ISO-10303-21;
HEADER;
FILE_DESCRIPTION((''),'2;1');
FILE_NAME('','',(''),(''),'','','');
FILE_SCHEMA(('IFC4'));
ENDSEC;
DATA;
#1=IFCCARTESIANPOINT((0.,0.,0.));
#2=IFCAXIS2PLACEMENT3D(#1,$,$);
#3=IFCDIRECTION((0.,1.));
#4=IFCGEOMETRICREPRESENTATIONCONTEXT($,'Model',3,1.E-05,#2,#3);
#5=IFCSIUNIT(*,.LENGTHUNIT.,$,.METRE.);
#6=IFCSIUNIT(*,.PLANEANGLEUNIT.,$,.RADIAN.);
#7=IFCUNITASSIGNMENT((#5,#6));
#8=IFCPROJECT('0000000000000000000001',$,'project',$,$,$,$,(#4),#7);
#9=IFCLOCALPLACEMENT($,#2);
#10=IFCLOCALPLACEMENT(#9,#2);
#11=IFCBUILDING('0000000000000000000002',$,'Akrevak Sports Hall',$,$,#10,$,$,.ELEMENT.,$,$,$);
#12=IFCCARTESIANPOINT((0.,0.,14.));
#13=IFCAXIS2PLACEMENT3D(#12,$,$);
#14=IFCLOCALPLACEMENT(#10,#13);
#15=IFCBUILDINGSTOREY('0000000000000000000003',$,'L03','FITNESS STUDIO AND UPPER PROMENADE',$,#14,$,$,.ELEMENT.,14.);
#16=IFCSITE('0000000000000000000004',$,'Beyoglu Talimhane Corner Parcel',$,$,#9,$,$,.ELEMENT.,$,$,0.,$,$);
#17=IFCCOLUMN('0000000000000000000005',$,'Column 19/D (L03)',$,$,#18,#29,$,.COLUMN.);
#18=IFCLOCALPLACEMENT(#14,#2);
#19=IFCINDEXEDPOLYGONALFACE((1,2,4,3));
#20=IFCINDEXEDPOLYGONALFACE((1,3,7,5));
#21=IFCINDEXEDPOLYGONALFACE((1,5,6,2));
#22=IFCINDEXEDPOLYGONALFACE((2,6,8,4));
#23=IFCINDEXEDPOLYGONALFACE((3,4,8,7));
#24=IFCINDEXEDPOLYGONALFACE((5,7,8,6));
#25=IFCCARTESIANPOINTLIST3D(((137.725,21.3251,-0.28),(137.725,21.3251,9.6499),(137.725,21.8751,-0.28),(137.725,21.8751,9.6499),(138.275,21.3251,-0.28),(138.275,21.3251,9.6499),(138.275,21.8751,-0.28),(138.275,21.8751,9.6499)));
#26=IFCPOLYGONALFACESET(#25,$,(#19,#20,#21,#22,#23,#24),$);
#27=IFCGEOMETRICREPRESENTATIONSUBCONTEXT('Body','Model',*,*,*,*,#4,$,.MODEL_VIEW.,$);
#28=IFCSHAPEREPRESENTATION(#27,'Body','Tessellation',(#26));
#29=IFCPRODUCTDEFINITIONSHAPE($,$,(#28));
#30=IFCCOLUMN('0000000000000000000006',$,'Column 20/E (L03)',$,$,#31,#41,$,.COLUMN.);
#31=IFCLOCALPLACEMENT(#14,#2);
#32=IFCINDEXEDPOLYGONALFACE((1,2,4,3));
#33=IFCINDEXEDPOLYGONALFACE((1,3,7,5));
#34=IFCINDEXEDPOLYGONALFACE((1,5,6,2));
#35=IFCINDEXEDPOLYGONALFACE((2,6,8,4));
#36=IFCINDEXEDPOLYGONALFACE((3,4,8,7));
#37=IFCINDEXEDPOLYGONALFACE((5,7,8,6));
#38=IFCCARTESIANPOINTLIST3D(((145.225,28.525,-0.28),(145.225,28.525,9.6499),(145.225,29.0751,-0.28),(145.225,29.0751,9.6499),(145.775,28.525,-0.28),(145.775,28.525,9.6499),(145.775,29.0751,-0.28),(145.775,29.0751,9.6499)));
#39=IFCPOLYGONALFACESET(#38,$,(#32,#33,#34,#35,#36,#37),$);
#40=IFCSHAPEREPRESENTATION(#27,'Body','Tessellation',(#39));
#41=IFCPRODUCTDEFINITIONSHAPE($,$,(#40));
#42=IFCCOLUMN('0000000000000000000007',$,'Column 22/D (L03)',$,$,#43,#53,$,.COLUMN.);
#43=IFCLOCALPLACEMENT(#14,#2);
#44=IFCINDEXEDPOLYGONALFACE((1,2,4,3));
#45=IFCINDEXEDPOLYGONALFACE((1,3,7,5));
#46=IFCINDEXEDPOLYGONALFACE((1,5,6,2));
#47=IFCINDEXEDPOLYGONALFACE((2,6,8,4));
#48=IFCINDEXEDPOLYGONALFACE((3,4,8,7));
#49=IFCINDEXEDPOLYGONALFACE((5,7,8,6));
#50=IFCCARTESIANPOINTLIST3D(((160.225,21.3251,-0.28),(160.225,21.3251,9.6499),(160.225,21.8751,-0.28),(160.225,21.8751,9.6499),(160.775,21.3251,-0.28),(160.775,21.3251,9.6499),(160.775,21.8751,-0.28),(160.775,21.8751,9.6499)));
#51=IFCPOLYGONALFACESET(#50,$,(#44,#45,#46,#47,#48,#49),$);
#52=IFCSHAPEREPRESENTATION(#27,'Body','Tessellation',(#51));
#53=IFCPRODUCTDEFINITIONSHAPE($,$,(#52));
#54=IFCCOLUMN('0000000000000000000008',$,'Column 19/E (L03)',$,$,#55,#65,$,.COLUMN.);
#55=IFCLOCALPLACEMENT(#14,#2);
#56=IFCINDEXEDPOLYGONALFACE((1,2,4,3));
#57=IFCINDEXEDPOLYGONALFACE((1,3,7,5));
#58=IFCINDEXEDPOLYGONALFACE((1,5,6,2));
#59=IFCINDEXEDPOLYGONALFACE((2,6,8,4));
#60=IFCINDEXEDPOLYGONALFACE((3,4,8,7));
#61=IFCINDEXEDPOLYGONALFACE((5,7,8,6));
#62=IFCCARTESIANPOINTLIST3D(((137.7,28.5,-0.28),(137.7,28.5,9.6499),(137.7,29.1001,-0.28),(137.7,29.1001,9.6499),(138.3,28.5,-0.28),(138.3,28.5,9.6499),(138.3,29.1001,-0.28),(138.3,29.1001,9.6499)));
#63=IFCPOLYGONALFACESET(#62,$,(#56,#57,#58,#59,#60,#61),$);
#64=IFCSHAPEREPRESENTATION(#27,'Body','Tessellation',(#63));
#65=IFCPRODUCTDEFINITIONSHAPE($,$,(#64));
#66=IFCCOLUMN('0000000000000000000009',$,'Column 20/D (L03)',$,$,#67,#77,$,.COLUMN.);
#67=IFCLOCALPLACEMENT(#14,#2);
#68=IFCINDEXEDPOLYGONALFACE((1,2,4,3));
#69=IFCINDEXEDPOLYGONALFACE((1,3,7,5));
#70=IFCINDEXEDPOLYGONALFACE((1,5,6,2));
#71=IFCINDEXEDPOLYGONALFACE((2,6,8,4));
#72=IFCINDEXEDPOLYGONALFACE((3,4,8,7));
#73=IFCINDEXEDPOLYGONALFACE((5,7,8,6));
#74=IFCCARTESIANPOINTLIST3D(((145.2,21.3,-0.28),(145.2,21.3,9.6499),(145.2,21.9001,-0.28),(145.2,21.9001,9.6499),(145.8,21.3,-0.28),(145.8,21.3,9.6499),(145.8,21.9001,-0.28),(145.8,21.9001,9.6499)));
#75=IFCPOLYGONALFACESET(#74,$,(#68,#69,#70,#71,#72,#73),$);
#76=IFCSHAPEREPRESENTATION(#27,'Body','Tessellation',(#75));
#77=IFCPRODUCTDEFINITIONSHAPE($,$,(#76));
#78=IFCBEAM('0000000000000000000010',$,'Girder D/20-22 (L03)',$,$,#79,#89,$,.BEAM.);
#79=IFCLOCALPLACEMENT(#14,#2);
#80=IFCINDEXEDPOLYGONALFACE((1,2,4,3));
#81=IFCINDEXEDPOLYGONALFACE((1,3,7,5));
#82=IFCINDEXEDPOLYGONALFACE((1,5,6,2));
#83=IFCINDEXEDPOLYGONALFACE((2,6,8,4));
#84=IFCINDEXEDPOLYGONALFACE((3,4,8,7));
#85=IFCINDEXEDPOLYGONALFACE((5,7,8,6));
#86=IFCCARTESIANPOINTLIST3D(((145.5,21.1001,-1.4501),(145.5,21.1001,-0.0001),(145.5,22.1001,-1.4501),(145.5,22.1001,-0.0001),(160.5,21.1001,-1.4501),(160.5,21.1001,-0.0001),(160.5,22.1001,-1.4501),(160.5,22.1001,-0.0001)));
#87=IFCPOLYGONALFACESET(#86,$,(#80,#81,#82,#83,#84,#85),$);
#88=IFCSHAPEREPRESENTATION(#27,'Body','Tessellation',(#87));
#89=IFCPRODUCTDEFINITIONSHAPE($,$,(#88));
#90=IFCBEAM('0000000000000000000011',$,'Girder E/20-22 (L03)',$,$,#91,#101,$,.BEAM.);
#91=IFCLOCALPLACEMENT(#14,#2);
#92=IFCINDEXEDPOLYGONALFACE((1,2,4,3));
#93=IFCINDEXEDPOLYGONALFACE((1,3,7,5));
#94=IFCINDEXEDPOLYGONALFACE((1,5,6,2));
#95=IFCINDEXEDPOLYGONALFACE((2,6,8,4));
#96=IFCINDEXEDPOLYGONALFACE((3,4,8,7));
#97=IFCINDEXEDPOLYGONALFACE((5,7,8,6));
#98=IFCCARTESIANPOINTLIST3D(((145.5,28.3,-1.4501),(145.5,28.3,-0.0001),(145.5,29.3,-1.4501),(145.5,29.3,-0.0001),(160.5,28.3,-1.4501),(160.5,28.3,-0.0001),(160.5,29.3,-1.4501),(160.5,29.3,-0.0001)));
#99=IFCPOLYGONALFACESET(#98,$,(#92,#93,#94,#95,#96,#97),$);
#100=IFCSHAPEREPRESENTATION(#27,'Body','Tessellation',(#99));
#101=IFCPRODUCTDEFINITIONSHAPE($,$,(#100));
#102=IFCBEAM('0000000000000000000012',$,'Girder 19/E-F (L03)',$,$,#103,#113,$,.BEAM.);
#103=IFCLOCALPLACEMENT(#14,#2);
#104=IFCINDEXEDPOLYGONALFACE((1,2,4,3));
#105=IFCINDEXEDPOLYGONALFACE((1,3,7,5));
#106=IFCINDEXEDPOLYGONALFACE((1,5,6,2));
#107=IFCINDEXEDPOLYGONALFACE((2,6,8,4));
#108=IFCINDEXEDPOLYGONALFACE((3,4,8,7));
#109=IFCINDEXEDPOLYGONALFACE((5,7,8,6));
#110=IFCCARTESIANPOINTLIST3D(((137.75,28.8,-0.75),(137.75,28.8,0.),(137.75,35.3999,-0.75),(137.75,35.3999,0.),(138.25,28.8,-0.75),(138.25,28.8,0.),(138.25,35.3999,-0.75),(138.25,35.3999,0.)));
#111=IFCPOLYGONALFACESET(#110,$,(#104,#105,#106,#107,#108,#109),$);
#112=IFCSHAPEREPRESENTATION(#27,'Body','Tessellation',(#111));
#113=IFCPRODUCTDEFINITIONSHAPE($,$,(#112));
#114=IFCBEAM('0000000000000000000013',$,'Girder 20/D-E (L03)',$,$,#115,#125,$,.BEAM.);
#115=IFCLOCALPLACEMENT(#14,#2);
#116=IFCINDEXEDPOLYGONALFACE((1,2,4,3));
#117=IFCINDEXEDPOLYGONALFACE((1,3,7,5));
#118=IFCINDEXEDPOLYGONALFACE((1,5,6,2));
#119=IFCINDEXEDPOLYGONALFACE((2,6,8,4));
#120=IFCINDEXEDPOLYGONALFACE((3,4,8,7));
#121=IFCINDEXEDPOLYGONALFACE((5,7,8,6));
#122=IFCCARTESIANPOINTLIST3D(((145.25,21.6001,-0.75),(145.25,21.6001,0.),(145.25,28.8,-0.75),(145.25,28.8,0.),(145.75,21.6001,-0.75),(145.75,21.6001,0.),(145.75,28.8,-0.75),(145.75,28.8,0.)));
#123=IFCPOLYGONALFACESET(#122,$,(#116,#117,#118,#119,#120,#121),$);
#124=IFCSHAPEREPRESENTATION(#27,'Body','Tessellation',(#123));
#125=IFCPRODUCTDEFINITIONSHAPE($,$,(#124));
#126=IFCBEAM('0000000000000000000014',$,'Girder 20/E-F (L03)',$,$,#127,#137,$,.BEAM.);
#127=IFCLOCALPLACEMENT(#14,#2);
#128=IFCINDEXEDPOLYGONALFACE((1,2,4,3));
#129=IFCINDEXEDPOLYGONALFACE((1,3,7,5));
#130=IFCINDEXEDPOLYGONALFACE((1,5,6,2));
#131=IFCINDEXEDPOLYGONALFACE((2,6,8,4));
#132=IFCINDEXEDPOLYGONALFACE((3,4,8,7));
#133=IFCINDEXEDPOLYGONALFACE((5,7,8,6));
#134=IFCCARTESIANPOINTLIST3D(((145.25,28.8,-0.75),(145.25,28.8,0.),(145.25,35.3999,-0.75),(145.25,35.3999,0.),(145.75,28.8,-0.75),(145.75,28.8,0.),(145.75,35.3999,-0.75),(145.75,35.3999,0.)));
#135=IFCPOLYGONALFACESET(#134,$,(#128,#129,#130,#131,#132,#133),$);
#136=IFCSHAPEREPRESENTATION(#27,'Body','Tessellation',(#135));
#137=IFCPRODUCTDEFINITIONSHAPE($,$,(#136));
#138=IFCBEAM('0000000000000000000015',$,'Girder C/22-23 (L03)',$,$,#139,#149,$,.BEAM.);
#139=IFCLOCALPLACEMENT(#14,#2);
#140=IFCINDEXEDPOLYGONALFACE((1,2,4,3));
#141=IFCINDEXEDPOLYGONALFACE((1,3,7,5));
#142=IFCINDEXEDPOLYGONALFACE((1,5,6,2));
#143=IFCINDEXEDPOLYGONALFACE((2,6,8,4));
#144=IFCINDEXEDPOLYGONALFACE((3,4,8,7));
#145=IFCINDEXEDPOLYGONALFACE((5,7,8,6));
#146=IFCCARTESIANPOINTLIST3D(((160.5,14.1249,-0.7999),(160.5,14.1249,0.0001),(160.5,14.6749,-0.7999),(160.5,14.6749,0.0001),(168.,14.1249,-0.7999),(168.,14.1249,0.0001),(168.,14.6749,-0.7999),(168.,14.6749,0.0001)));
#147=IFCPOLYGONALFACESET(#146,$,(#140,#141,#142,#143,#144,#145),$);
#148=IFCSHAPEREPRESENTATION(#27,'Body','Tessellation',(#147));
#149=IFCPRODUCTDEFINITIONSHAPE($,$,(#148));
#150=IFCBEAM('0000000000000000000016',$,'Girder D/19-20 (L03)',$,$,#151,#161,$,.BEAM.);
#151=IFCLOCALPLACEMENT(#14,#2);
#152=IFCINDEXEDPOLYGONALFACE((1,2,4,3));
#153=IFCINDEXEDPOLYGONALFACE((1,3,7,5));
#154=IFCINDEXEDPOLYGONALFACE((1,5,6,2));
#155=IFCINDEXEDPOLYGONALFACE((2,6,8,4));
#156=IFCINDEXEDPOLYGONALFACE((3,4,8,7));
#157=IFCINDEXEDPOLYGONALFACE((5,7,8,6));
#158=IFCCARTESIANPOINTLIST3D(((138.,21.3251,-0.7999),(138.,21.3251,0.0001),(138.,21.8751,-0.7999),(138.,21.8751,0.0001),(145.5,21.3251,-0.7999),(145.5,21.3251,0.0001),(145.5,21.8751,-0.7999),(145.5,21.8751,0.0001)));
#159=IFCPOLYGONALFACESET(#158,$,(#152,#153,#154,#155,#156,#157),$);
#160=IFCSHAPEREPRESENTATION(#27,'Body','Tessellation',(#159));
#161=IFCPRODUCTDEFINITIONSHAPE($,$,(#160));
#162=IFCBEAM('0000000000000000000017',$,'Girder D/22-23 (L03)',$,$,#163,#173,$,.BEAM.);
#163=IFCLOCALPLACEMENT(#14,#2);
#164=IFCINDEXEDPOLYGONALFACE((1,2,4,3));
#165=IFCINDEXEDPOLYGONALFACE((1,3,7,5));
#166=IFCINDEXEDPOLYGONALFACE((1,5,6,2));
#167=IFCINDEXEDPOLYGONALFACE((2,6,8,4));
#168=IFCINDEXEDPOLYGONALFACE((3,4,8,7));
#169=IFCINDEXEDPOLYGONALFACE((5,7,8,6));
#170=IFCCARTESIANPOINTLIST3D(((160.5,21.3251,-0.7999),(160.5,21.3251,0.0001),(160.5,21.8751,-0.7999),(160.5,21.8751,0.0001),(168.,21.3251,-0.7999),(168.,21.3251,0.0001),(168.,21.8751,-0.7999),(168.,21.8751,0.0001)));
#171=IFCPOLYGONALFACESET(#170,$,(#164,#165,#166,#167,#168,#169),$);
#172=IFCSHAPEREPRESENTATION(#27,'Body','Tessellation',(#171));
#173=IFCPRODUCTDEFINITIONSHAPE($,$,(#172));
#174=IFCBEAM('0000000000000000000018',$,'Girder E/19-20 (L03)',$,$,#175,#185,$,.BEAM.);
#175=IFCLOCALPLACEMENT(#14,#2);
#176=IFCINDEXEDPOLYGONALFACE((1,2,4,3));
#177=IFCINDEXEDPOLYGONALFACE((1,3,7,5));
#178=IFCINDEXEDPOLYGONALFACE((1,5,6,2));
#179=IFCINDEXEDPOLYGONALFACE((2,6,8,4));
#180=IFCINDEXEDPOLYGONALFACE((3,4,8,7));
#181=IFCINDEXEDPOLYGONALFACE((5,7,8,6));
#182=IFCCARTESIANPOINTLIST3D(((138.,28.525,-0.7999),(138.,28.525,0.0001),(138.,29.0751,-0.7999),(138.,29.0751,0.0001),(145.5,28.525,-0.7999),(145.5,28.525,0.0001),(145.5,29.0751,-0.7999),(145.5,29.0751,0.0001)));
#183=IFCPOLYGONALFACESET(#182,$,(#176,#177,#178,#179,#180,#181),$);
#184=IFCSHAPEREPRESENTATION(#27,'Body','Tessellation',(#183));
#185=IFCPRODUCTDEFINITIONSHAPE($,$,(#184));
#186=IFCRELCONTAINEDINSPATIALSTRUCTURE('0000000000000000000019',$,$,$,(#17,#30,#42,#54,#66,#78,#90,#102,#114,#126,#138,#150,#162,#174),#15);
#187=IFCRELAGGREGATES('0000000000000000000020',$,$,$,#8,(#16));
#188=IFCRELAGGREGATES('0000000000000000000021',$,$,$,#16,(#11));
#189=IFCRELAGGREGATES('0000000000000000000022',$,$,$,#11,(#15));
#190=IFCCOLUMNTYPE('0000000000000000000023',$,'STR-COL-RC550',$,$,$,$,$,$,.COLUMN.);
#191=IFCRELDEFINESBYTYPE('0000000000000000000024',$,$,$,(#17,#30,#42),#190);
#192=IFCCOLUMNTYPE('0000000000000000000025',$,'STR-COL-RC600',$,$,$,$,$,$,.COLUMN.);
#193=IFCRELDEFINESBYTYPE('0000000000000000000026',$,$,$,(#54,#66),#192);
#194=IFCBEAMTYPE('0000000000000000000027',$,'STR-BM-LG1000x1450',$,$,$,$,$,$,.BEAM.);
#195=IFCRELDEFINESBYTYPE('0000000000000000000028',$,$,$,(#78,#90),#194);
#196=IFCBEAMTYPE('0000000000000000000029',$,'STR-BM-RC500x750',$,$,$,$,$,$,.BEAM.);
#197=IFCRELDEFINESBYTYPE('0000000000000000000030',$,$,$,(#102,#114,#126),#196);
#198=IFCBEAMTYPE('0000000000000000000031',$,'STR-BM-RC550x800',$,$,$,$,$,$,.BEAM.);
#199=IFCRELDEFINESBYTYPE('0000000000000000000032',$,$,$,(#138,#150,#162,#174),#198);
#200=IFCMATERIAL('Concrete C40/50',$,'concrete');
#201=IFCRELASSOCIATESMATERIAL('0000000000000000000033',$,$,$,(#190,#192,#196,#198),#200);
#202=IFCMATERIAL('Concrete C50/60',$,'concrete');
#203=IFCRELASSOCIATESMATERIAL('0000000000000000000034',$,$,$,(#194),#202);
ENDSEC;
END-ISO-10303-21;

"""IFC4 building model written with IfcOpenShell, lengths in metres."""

from ifc_helpers import new_model, si_unit, direction, frame, origin, origin_2d, place, context, subcontext, project, spatial, rectangle, extrude, material, material_profile, profile_set, type_object, element, save


model = new_model("IFC4")

# Units and contexts
model_context = context("Model", 3, precision=1e-05, world=origin(), true_north=direction((0.0, 1.0)))
body_context = subcontext(model_context, "Body", "Model", "MODEL_VIEW")
ifc_project = project(units=[si_unit("LENGTHUNIT", "METRE"), si_unit("PLANEANGLEUNIT", "RADIAN")], contexts=[model_context])

# Site, building, storey
site_placement = place(None, origin())
site = spatial("IfcSite", under=ifc_project, at=site_placement, Name="Beyoglu Talimhane Corner Parcel", CompositionType="ELEMENT", RefElevation=0.0)
building_placement = place(site_placement, origin())
building = spatial("IfcBuilding", under=site, at=building_placement, Name="Akrevak Sports Hall", CompositionType="ELEMENT")
storey_placement = place(building_placement, frame((0.0, 0.0, 14.0)))
storey = spatial("IfcBuildingStorey", under=building, at=storey_placement, Name="L03", Description="FITNESS STUDIO AND UPPER PROMENADE", CompositionType="ELEMENT", Elevation=14.0)

# Columns
ifc_material_1 = material(Name="Concrete C40/50", Category="concrete")
ifc_material_profile_1 = material_profile(ifc_material_1, rectangle(XDim=0.55, YDim=0.55, at=origin_2d()), Name="RC 550x550", Category="concrete")
ifc_profile_set_1 = profile_set([ifc_material_profile_1], Name="Concrete C40/50")
column_type_1 = type_object("IfcColumnType", Name="STR-COL-RC550", PredefinedType="COLUMN", material=ifc_profile_set_1)
for number, where, z_axis, x_axis, name in (
    (1, (138.0, 21.6001, -0.28), (0.0, 0.0, 1.0), (1.0, 0.0, 0.0), "Column 19/D (L03)"),
    (2, (145.5, 28.8, -0.28), (0.0, 0.0, 1.0), (1.0, 0.0, 0.0), "Column 20/E (L03)"),
    (3, (160.5, 21.6001, -0.28), (0.0, 0.0, 1.0), (1.0, 0.0, 0.0), "Column 22/D (L03)"),
):
    element("IfcColumn", number, at=place(storey_placement, frame(where, z_axis=z_axis, x_axis=x_axis)), inside=storey, type_object=column_type_1, Name=name, PredefinedType="COLUMN", context=body_context, shape_type="SweptSolid", body=[
        extrude(rectangle(XDim=0.55, YDim=0.55, at=origin_2d()), origin(), (0.0, 0.0, 1.0), 9.9299),
    ])
ifc_material_profile_2 = material_profile(ifc_material_1, rectangle(XDim=0.6001, YDim=0.6001, at=origin_2d()), Name="RC 600x600", Category="concrete")
ifc_profile_set_2 = profile_set([ifc_material_profile_2], Name="Concrete C40/50")
column_type_2 = type_object("IfcColumnType", Name="STR-COL-RC600", PredefinedType="COLUMN", material=ifc_profile_set_2)
for number, where, z_axis, x_axis, name in (
    (4, (138.0, 28.8, -0.28), (0.0, 0.0, 1.0), (1.0, 0.0, 0.0), "Column 19/E (L03)"),
    (5, (145.5, 21.6001, -0.28), (0.0, 0.0, 1.0), (1.0, 0.0, 0.0), "Column 20/D (L03)"),
):
    element("IfcColumn", number, at=place(storey_placement, frame(where, z_axis=z_axis, x_axis=x_axis)), inside=storey, type_object=column_type_2, Name=name, PredefinedType="COLUMN", context=body_context, shape_type="SweptSolid", body=[
        extrude(rectangle(XDim=0.6001, YDim=0.6001, at=origin_2d()), origin(), (0.0, 0.0, 1.0), 9.9299),
    ])

# Beams
ifc_material_2 = material(Name="Concrete C50/60", Category="concrete")
ifc_material_profile_3 = material_profile(ifc_material_2, rectangle(XDim=1.0, YDim=1.45, at=origin_2d()), Name="BM 1000x1450", Category="concrete")
ifc_profile_set_3 = profile_set([ifc_material_profile_3], Name="Concrete C50/60")
beam_type_1 = type_object("IfcBeamType", Name="STR-BM-LG1000x1450", PredefinedType="BEAM", material=ifc_profile_set_3)
for number, where, z_axis, x_axis, name in (
    (6, (145.5, 21.6001, -0.7251), (1.0, 0.0, 0.0), (0.0, 1.0, 0.0), "Girder D/20-22 (L03)"),
    (7, (145.5, 28.8, -0.7251), (1.0, 0.0, 0.0), (0.0, 1.0, 0.0), "Girder E/20-22 (L03)"),
):
    element("IfcBeam", number, at=place(storey_placement, frame(where, z_axis=z_axis, x_axis=x_axis)), inside=storey, type_object=beam_type_1, Name=name, PredefinedType="BEAM", context=body_context, shape_type="SweptSolid", body=[
        extrude(rectangle(XDim=1.0, YDim=1.45, at=origin_2d()), origin(), (0.0, 0.0, 1.0), 15.0),
    ])
ifc_material_profile_4 = material_profile(ifc_material_1, rectangle(XDim=0.5, YDim=0.75, at=origin_2d()), Name="BM 500x750", Category="concrete")
ifc_profile_set_4 = profile_set([ifc_material_profile_4], Name="Concrete C40/50")
beam_type_2 = type_object("IfcBeamType", Name="STR-BM-RC500x750", PredefinedType="BEAM", material=ifc_profile_set_4)
beam_1_placement = place(storey_placement, frame((138.0, 28.8, -0.375), z_axis=(0.0, 1.0, 0.0), x_axis=(-1.0, 0.0, 0.0)))
element("IfcBeam", 8, at=beam_1_placement, inside=storey, type_object=beam_type_2, Name="Girder 19/E-F (L03)", PredefinedType="BEAM", context=body_context, shape_type="SweptSolid", body=[
    extrude(rectangle(XDim=0.5, YDim=0.75, at=origin_2d()), origin(), (0.0, 0.0, 1.0), 6.5999),
])
beam_2_placement = place(storey_placement, frame((145.5, 21.6001, -0.375), z_axis=(0.0, 1.0, 0.0), x_axis=(-1.0, 0.0, 0.0)))
element("IfcBeam", 9, at=beam_2_placement, inside=storey, type_object=beam_type_2, Name="Girder 20/D-E (L03)", PredefinedType="BEAM", context=body_context, shape_type="SweptSolid", body=[
    extrude(rectangle(XDim=0.5, YDim=0.75, at=origin_2d()), origin(), (0.0, 0.0, 1.0), 7.2),
])
beam_3_placement = place(storey_placement, frame((145.5, 28.8, -0.375), z_axis=(0.0, 1.0, 0.0), x_axis=(-1.0, 0.0, 0.0)))
element("IfcBeam", 10, at=beam_3_placement, inside=storey, type_object=beam_type_2, Name="Girder 20/E-F (L03)", PredefinedType="BEAM", context=body_context, shape_type="SweptSolid", body=[
    extrude(rectangle(XDim=0.5, YDim=0.75, at=origin_2d()), origin(), (0.0, 0.0, 1.0), 6.5999),
])
ifc_material_profile_5 = material_profile(ifc_material_1, rectangle(XDim=0.55, YDim=0.8, at=origin_2d()), Name="BM 550x800", Category="concrete")
ifc_profile_set_5 = profile_set([ifc_material_profile_5], Name="Concrete C40/50")
beam_type_3 = type_object("IfcBeamType", Name="STR-BM-RC550x800", PredefinedType="BEAM", material=ifc_profile_set_5)
for number, where, z_axis, x_axis, name in (
    (11, (160.5, 14.3999, -0.3999), (1.0, 0.0, 0.0), (0.0, 1.0, 0.0), "Girder C/22-23 (L03)"),
    (12, (138.0, 21.6001, -0.3999), (1.0, 0.0, 0.0), (0.0, 1.0, 0.0), "Girder D/19-20 (L03)"),
    (13, (160.5, 21.6001, -0.3999), (1.0, 0.0, 0.0), (0.0, 1.0, 0.0), "Girder D/22-23 (L03)"),
    (14, (138.0, 28.8, -0.3999), (1.0, 0.0, 0.0), (0.0, 1.0, 0.0), "Girder E/19-20 (L03)"),
):
    element("IfcBeam", number, at=place(storey_placement, frame(where, z_axis=z_axis, x_axis=x_axis)), inside=storey, type_object=beam_type_3, Name=name, PredefinedType="BEAM", context=body_context, shape_type="SweptSolid", body=[
        extrude(rectangle(XDim=0.55, YDim=0.8, at=origin_2d()), origin(), (0.0, 0.0, 1.0), 7.5),
    ])

save(model, "model.ifc")
